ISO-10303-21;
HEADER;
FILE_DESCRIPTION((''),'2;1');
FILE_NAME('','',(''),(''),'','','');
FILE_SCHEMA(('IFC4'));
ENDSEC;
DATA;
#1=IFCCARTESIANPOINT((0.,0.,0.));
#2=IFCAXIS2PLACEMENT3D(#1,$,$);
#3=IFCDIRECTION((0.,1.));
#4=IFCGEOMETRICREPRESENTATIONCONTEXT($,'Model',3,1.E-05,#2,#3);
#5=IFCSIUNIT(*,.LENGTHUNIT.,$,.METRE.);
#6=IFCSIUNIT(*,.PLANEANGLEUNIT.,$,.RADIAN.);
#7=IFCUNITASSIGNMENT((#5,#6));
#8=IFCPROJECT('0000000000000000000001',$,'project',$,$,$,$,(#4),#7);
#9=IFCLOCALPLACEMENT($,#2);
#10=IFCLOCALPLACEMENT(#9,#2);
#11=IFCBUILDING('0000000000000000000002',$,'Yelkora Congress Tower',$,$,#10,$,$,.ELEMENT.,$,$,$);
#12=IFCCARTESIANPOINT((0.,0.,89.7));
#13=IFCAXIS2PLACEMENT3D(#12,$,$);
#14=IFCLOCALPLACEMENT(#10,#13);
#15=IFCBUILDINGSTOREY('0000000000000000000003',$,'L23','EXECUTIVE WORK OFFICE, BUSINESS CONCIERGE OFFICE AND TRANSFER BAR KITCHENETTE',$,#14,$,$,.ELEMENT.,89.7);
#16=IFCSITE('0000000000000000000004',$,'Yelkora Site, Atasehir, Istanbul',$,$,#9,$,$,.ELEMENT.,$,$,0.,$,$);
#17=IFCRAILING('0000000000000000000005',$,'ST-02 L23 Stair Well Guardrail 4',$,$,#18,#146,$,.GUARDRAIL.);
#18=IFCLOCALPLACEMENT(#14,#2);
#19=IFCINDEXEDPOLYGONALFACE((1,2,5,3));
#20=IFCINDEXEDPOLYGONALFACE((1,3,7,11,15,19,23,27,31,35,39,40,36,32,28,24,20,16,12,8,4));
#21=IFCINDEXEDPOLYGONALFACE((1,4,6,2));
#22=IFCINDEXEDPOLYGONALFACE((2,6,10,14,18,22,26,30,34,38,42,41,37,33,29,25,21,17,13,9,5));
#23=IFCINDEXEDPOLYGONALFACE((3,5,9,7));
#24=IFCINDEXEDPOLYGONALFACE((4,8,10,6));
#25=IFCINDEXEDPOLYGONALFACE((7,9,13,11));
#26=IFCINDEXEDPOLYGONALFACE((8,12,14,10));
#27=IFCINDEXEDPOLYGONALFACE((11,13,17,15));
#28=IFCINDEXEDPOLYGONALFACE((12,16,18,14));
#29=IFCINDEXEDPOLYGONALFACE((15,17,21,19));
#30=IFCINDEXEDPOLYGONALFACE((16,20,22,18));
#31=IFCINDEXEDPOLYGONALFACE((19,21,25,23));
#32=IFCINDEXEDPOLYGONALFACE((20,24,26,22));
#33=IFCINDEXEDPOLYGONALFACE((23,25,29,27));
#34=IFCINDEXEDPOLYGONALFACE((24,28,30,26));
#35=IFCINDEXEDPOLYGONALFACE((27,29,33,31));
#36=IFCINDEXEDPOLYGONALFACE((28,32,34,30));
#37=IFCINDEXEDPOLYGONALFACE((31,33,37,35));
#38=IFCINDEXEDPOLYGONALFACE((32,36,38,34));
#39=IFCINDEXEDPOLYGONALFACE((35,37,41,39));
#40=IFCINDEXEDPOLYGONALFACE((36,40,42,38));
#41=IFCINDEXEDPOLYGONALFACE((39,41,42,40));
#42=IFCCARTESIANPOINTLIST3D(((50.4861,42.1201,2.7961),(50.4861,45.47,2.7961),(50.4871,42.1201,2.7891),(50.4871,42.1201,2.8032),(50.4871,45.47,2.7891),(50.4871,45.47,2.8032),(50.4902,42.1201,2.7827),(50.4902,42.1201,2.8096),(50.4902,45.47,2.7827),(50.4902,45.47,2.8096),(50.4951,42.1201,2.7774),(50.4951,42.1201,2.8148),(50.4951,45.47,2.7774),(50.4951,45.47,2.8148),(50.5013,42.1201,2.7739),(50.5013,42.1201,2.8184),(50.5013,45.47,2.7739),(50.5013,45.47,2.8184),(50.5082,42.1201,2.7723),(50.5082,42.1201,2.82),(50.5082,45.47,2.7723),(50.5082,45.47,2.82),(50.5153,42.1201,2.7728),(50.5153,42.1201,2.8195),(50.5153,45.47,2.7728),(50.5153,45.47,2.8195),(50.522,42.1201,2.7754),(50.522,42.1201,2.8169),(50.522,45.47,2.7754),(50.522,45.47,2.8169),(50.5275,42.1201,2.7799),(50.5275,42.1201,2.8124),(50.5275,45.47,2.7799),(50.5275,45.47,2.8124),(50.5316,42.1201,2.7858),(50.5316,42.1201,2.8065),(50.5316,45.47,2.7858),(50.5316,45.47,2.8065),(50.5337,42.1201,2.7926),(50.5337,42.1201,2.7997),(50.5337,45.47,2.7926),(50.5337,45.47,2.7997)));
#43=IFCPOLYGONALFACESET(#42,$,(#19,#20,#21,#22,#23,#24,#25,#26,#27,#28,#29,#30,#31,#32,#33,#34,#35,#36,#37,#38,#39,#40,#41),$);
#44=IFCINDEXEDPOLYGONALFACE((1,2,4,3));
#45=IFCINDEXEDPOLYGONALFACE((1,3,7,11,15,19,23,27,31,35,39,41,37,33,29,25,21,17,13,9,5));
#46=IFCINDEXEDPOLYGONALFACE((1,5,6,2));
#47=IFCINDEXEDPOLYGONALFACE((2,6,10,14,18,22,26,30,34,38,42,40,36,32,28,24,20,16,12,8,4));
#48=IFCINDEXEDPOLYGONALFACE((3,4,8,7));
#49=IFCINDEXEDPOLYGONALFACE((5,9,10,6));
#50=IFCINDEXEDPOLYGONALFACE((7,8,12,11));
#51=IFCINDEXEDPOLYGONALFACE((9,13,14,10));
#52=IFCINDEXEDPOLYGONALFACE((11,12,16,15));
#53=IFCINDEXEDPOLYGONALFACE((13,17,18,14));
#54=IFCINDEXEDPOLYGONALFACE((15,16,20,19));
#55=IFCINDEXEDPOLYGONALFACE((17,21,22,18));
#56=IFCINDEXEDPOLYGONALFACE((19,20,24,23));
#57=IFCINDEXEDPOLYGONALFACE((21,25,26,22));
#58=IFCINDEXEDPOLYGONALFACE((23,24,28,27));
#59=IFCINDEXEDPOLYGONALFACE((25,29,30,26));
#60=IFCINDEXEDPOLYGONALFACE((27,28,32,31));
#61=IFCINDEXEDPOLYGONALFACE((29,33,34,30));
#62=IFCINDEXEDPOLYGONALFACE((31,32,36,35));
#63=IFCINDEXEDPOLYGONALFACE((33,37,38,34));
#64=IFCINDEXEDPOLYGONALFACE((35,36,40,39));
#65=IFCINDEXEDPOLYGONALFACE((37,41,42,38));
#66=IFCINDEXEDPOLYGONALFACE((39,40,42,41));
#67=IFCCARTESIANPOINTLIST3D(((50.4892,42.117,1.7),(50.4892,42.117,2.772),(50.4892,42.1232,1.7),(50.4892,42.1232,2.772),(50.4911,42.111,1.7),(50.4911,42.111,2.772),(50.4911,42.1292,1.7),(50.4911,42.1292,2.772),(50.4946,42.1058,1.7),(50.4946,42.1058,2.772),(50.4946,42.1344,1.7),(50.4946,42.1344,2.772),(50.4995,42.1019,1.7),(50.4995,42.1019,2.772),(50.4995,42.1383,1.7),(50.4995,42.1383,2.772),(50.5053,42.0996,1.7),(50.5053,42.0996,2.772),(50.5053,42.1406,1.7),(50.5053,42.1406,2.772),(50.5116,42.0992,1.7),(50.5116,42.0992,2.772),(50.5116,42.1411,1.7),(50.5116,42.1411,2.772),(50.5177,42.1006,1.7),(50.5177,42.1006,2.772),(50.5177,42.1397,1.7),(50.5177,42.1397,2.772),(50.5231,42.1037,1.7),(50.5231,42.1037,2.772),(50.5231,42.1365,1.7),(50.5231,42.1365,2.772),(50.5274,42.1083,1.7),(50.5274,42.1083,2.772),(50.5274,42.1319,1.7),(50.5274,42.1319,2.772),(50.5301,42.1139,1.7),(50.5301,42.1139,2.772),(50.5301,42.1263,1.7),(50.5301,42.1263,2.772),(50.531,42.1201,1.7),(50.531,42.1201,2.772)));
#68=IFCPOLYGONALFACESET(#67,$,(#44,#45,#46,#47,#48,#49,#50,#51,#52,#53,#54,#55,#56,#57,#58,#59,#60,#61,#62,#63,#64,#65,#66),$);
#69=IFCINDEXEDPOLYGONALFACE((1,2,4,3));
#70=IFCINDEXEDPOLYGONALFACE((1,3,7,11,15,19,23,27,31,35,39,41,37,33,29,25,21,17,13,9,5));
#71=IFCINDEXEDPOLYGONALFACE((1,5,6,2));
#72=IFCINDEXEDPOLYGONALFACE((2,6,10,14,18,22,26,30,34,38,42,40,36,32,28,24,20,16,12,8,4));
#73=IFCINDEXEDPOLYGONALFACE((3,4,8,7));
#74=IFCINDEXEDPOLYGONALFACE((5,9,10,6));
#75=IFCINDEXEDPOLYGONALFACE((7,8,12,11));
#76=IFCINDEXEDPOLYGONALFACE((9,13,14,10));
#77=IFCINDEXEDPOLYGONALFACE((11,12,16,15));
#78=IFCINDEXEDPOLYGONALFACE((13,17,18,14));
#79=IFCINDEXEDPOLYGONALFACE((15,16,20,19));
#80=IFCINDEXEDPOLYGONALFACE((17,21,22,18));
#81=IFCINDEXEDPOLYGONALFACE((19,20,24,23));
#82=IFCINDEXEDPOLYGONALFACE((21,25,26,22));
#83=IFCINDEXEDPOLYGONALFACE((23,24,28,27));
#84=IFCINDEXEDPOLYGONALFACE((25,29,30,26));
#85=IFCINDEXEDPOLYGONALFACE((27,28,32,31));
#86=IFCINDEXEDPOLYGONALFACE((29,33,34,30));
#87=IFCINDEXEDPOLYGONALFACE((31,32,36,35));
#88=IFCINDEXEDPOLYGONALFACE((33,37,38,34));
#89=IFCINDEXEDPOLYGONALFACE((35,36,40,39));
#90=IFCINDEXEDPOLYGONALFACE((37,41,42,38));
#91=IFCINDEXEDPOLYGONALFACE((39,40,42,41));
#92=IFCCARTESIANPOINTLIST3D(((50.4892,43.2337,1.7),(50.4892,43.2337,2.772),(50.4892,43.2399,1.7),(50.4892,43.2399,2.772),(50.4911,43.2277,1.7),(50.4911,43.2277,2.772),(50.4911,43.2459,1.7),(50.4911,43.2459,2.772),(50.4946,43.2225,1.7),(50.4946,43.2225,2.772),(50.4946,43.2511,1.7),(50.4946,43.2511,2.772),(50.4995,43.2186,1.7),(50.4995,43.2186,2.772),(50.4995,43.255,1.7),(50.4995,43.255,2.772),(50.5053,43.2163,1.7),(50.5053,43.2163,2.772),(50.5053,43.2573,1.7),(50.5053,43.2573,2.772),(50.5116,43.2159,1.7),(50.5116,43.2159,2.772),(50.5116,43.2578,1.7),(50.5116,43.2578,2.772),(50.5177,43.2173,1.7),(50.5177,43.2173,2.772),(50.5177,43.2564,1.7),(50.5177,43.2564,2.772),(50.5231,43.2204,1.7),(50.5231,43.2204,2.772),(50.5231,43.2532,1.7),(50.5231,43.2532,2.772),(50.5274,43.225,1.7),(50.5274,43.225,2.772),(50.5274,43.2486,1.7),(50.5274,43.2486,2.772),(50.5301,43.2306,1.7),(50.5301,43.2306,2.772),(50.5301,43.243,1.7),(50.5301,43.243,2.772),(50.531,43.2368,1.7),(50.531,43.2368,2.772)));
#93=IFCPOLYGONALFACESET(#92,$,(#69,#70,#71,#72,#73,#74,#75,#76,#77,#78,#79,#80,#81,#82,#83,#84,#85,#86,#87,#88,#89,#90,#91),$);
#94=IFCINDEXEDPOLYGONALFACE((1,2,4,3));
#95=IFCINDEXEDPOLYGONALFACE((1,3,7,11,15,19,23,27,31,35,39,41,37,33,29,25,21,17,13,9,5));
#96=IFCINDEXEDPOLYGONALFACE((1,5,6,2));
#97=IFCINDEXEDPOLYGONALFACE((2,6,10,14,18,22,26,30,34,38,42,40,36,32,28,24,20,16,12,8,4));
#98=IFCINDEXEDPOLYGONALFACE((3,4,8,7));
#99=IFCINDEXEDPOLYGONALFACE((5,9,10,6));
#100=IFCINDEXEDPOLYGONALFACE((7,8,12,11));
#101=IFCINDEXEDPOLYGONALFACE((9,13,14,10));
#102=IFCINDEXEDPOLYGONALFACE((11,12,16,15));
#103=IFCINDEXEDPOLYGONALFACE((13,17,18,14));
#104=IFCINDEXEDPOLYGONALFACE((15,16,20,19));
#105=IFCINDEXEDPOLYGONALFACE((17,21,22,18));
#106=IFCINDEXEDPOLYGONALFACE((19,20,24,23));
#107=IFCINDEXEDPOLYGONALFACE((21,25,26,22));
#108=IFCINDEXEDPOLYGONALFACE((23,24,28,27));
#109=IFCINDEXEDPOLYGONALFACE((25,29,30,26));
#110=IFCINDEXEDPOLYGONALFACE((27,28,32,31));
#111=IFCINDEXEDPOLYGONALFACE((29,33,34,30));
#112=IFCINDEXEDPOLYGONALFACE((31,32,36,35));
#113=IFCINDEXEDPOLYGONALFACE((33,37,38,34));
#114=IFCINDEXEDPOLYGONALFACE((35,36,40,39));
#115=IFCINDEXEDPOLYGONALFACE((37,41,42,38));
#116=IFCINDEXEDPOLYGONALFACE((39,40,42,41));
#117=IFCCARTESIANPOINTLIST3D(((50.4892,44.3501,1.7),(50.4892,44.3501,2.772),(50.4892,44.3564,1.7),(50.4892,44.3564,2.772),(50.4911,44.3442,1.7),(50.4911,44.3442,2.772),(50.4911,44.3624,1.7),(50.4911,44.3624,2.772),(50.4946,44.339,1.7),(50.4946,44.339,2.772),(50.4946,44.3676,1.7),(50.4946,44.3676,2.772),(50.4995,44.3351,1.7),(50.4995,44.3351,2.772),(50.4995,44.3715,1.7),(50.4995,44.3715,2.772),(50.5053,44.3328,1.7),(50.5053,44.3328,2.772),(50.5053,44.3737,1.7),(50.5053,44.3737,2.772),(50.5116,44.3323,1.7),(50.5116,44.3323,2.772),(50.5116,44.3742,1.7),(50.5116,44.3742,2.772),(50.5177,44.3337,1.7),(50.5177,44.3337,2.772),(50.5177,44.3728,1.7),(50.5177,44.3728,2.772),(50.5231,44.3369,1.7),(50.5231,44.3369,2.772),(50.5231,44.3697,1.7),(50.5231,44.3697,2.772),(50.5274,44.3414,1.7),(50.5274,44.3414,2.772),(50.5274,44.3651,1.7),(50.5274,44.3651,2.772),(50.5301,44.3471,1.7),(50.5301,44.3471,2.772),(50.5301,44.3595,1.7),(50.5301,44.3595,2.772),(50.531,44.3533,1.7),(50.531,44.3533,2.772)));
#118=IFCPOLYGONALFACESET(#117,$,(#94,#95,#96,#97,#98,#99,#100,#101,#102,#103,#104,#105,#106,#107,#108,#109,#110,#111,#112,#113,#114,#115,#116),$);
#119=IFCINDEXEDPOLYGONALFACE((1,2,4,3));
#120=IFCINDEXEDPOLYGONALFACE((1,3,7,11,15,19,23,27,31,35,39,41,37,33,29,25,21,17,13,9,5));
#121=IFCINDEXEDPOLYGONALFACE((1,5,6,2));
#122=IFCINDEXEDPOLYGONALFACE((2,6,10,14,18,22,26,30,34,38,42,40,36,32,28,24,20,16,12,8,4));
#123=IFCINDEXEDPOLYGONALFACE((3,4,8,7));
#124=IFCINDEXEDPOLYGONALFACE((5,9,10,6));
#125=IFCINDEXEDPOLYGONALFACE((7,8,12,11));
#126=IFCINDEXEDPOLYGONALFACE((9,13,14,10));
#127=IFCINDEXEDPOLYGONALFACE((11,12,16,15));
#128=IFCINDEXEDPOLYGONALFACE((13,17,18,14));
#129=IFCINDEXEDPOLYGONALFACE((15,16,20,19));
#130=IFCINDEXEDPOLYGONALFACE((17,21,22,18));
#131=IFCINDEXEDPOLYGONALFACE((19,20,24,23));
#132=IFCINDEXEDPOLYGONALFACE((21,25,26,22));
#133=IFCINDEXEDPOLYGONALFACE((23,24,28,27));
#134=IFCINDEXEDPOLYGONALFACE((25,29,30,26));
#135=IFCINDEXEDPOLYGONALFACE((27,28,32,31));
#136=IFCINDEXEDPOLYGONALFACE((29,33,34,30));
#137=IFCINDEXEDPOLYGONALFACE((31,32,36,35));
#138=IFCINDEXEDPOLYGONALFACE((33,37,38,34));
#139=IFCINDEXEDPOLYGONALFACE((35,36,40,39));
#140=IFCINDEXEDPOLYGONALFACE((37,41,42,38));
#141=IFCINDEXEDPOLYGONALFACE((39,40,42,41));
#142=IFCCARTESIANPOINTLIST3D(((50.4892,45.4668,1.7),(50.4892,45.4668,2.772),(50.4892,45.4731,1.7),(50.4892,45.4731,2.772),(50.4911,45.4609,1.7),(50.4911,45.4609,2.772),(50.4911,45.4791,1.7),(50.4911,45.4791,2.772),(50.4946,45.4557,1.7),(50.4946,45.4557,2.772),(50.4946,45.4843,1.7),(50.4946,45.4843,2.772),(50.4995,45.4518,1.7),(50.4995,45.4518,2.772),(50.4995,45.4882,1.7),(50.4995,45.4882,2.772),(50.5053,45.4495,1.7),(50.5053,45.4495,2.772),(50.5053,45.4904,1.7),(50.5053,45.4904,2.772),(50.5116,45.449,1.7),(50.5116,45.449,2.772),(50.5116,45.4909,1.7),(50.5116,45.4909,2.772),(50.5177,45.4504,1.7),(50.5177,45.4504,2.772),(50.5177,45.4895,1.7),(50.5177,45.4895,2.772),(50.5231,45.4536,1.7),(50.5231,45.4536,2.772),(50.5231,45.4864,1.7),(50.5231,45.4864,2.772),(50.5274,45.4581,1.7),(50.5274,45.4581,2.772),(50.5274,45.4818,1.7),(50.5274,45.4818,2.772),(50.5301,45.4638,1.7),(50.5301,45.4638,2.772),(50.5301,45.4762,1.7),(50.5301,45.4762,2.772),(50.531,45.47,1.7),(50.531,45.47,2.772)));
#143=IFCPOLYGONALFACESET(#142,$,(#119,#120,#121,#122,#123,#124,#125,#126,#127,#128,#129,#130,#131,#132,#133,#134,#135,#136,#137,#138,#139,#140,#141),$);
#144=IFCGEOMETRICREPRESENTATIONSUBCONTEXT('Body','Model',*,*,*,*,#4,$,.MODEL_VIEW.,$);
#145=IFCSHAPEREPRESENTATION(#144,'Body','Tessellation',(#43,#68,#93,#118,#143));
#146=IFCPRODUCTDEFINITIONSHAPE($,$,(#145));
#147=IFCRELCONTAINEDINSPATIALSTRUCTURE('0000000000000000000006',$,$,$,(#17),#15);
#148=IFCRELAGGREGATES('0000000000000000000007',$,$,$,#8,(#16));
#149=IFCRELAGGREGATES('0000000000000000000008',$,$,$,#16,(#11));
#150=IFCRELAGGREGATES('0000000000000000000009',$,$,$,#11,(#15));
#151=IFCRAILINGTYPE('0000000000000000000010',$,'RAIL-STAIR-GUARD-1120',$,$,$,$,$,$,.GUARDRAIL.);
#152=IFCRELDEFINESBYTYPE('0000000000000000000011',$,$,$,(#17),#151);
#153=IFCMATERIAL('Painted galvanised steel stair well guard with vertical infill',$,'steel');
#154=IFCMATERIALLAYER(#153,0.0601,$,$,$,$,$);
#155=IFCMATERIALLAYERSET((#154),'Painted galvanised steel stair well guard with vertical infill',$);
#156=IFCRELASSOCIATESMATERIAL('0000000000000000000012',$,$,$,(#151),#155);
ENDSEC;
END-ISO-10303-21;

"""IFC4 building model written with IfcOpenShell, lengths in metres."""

from ifc_helpers import new_model, si_unit, direction, frame, origin, origin_2d, place, context, subcontext, project, spatial, circle, extrude, material, layer, layer_set, type_object, element, save


model = new_model("IFC4")

# Units and contexts
model_context = context("Model", 3, precision=1e-05, world=origin(), true_north=direction((0.0, 1.0)))
body_context = subcontext(model_context, "Body", "Model", "MODEL_VIEW")
ifc_project = project(units=[si_unit("LENGTHUNIT", "METRE"), si_unit("PLANEANGLEUNIT", "RADIAN")], contexts=[model_context])

# Site, building, storey
site_placement = place(None, origin())
site = spatial("IfcSite", under=ifc_project, at=site_placement, Name="Yelkora Site, Atasehir, Istanbul", CompositionType="ELEMENT", RefElevation=0.0)
building_placement = place(site_placement, origin())
building = spatial("IfcBuilding", under=site, at=building_placement, Name="Yelkora Congress Tower", CompositionType="ELEMENT")
storey_placement = place(building_placement, frame((0.0, 0.0, 89.7)))
storey = spatial("IfcBuildingStorey", under=building, at=storey_placement, Name="L23", Description="EXECUTIVE WORK OFFICE, BUSINESS CONCIERGE OFFICE AND TRANSFER BAR KITCHENETTE", CompositionType="ELEMENT", Elevation=89.7)

# Railing
ifc_material_1 = material(Name="Painted galvanised steel stair well guard with vertical infill", Category="steel")
ifc_layer_1 = layer(ifc_material_1, 0.0601)
ifc_layer_set_1 = layer_set([ifc_layer_1], Name="Painted galvanised steel stair well guard with vertical infill")
railing_type_1 = type_object("IfcRailingType", Name="RAIL-STAIR-GUARD-1120", PredefinedType="GUARDRAIL", material=ifc_layer_set_1)
for number, where, name in (
    (1, (50.51, 42.1201, 1.7), "ST-02 L23 Stair Well Guardrail 4"),
):
    element("IfcRailing", number, at=place(storey_placement, frame(where)), inside=storey, type_object=railing_type_1, Name=name, PredefinedType="GUARDRAIL", context=body_context, shape_type="SweptSolid", body=[
        extrude(circle(Radius=0.0239, at=origin_2d()), frame((0.0, 0.0, 1.0962), z_axis=(0.0, 1.0, 0.0), x_axis=(-1.0, 0.0, 0.0)), (0.0, 0.0, 1.0), 3.3499),
        extrude(circle(Radius=0.021, at=origin_2d()), origin(), (0.0, 0.0, 1.0), 1.072),
        extrude(circle(Radius=0.021, at=origin_2d()), frame((0.0, 1.1167, 0.0)), (0.0, 0.0, 1.0), 1.072),
        extrude(circle(Radius=0.021, at=origin_2d()), frame((0.0, 2.2332, 0.0)), (0.0, 0.0, 1.0), 1.072),
        extrude(circle(Radius=0.021, at=origin_2d()), frame((0.0, 3.3499, 0.0)), (0.0, 0.0, 1.0), 1.072),
    ])

save(model, "model.ifc")
